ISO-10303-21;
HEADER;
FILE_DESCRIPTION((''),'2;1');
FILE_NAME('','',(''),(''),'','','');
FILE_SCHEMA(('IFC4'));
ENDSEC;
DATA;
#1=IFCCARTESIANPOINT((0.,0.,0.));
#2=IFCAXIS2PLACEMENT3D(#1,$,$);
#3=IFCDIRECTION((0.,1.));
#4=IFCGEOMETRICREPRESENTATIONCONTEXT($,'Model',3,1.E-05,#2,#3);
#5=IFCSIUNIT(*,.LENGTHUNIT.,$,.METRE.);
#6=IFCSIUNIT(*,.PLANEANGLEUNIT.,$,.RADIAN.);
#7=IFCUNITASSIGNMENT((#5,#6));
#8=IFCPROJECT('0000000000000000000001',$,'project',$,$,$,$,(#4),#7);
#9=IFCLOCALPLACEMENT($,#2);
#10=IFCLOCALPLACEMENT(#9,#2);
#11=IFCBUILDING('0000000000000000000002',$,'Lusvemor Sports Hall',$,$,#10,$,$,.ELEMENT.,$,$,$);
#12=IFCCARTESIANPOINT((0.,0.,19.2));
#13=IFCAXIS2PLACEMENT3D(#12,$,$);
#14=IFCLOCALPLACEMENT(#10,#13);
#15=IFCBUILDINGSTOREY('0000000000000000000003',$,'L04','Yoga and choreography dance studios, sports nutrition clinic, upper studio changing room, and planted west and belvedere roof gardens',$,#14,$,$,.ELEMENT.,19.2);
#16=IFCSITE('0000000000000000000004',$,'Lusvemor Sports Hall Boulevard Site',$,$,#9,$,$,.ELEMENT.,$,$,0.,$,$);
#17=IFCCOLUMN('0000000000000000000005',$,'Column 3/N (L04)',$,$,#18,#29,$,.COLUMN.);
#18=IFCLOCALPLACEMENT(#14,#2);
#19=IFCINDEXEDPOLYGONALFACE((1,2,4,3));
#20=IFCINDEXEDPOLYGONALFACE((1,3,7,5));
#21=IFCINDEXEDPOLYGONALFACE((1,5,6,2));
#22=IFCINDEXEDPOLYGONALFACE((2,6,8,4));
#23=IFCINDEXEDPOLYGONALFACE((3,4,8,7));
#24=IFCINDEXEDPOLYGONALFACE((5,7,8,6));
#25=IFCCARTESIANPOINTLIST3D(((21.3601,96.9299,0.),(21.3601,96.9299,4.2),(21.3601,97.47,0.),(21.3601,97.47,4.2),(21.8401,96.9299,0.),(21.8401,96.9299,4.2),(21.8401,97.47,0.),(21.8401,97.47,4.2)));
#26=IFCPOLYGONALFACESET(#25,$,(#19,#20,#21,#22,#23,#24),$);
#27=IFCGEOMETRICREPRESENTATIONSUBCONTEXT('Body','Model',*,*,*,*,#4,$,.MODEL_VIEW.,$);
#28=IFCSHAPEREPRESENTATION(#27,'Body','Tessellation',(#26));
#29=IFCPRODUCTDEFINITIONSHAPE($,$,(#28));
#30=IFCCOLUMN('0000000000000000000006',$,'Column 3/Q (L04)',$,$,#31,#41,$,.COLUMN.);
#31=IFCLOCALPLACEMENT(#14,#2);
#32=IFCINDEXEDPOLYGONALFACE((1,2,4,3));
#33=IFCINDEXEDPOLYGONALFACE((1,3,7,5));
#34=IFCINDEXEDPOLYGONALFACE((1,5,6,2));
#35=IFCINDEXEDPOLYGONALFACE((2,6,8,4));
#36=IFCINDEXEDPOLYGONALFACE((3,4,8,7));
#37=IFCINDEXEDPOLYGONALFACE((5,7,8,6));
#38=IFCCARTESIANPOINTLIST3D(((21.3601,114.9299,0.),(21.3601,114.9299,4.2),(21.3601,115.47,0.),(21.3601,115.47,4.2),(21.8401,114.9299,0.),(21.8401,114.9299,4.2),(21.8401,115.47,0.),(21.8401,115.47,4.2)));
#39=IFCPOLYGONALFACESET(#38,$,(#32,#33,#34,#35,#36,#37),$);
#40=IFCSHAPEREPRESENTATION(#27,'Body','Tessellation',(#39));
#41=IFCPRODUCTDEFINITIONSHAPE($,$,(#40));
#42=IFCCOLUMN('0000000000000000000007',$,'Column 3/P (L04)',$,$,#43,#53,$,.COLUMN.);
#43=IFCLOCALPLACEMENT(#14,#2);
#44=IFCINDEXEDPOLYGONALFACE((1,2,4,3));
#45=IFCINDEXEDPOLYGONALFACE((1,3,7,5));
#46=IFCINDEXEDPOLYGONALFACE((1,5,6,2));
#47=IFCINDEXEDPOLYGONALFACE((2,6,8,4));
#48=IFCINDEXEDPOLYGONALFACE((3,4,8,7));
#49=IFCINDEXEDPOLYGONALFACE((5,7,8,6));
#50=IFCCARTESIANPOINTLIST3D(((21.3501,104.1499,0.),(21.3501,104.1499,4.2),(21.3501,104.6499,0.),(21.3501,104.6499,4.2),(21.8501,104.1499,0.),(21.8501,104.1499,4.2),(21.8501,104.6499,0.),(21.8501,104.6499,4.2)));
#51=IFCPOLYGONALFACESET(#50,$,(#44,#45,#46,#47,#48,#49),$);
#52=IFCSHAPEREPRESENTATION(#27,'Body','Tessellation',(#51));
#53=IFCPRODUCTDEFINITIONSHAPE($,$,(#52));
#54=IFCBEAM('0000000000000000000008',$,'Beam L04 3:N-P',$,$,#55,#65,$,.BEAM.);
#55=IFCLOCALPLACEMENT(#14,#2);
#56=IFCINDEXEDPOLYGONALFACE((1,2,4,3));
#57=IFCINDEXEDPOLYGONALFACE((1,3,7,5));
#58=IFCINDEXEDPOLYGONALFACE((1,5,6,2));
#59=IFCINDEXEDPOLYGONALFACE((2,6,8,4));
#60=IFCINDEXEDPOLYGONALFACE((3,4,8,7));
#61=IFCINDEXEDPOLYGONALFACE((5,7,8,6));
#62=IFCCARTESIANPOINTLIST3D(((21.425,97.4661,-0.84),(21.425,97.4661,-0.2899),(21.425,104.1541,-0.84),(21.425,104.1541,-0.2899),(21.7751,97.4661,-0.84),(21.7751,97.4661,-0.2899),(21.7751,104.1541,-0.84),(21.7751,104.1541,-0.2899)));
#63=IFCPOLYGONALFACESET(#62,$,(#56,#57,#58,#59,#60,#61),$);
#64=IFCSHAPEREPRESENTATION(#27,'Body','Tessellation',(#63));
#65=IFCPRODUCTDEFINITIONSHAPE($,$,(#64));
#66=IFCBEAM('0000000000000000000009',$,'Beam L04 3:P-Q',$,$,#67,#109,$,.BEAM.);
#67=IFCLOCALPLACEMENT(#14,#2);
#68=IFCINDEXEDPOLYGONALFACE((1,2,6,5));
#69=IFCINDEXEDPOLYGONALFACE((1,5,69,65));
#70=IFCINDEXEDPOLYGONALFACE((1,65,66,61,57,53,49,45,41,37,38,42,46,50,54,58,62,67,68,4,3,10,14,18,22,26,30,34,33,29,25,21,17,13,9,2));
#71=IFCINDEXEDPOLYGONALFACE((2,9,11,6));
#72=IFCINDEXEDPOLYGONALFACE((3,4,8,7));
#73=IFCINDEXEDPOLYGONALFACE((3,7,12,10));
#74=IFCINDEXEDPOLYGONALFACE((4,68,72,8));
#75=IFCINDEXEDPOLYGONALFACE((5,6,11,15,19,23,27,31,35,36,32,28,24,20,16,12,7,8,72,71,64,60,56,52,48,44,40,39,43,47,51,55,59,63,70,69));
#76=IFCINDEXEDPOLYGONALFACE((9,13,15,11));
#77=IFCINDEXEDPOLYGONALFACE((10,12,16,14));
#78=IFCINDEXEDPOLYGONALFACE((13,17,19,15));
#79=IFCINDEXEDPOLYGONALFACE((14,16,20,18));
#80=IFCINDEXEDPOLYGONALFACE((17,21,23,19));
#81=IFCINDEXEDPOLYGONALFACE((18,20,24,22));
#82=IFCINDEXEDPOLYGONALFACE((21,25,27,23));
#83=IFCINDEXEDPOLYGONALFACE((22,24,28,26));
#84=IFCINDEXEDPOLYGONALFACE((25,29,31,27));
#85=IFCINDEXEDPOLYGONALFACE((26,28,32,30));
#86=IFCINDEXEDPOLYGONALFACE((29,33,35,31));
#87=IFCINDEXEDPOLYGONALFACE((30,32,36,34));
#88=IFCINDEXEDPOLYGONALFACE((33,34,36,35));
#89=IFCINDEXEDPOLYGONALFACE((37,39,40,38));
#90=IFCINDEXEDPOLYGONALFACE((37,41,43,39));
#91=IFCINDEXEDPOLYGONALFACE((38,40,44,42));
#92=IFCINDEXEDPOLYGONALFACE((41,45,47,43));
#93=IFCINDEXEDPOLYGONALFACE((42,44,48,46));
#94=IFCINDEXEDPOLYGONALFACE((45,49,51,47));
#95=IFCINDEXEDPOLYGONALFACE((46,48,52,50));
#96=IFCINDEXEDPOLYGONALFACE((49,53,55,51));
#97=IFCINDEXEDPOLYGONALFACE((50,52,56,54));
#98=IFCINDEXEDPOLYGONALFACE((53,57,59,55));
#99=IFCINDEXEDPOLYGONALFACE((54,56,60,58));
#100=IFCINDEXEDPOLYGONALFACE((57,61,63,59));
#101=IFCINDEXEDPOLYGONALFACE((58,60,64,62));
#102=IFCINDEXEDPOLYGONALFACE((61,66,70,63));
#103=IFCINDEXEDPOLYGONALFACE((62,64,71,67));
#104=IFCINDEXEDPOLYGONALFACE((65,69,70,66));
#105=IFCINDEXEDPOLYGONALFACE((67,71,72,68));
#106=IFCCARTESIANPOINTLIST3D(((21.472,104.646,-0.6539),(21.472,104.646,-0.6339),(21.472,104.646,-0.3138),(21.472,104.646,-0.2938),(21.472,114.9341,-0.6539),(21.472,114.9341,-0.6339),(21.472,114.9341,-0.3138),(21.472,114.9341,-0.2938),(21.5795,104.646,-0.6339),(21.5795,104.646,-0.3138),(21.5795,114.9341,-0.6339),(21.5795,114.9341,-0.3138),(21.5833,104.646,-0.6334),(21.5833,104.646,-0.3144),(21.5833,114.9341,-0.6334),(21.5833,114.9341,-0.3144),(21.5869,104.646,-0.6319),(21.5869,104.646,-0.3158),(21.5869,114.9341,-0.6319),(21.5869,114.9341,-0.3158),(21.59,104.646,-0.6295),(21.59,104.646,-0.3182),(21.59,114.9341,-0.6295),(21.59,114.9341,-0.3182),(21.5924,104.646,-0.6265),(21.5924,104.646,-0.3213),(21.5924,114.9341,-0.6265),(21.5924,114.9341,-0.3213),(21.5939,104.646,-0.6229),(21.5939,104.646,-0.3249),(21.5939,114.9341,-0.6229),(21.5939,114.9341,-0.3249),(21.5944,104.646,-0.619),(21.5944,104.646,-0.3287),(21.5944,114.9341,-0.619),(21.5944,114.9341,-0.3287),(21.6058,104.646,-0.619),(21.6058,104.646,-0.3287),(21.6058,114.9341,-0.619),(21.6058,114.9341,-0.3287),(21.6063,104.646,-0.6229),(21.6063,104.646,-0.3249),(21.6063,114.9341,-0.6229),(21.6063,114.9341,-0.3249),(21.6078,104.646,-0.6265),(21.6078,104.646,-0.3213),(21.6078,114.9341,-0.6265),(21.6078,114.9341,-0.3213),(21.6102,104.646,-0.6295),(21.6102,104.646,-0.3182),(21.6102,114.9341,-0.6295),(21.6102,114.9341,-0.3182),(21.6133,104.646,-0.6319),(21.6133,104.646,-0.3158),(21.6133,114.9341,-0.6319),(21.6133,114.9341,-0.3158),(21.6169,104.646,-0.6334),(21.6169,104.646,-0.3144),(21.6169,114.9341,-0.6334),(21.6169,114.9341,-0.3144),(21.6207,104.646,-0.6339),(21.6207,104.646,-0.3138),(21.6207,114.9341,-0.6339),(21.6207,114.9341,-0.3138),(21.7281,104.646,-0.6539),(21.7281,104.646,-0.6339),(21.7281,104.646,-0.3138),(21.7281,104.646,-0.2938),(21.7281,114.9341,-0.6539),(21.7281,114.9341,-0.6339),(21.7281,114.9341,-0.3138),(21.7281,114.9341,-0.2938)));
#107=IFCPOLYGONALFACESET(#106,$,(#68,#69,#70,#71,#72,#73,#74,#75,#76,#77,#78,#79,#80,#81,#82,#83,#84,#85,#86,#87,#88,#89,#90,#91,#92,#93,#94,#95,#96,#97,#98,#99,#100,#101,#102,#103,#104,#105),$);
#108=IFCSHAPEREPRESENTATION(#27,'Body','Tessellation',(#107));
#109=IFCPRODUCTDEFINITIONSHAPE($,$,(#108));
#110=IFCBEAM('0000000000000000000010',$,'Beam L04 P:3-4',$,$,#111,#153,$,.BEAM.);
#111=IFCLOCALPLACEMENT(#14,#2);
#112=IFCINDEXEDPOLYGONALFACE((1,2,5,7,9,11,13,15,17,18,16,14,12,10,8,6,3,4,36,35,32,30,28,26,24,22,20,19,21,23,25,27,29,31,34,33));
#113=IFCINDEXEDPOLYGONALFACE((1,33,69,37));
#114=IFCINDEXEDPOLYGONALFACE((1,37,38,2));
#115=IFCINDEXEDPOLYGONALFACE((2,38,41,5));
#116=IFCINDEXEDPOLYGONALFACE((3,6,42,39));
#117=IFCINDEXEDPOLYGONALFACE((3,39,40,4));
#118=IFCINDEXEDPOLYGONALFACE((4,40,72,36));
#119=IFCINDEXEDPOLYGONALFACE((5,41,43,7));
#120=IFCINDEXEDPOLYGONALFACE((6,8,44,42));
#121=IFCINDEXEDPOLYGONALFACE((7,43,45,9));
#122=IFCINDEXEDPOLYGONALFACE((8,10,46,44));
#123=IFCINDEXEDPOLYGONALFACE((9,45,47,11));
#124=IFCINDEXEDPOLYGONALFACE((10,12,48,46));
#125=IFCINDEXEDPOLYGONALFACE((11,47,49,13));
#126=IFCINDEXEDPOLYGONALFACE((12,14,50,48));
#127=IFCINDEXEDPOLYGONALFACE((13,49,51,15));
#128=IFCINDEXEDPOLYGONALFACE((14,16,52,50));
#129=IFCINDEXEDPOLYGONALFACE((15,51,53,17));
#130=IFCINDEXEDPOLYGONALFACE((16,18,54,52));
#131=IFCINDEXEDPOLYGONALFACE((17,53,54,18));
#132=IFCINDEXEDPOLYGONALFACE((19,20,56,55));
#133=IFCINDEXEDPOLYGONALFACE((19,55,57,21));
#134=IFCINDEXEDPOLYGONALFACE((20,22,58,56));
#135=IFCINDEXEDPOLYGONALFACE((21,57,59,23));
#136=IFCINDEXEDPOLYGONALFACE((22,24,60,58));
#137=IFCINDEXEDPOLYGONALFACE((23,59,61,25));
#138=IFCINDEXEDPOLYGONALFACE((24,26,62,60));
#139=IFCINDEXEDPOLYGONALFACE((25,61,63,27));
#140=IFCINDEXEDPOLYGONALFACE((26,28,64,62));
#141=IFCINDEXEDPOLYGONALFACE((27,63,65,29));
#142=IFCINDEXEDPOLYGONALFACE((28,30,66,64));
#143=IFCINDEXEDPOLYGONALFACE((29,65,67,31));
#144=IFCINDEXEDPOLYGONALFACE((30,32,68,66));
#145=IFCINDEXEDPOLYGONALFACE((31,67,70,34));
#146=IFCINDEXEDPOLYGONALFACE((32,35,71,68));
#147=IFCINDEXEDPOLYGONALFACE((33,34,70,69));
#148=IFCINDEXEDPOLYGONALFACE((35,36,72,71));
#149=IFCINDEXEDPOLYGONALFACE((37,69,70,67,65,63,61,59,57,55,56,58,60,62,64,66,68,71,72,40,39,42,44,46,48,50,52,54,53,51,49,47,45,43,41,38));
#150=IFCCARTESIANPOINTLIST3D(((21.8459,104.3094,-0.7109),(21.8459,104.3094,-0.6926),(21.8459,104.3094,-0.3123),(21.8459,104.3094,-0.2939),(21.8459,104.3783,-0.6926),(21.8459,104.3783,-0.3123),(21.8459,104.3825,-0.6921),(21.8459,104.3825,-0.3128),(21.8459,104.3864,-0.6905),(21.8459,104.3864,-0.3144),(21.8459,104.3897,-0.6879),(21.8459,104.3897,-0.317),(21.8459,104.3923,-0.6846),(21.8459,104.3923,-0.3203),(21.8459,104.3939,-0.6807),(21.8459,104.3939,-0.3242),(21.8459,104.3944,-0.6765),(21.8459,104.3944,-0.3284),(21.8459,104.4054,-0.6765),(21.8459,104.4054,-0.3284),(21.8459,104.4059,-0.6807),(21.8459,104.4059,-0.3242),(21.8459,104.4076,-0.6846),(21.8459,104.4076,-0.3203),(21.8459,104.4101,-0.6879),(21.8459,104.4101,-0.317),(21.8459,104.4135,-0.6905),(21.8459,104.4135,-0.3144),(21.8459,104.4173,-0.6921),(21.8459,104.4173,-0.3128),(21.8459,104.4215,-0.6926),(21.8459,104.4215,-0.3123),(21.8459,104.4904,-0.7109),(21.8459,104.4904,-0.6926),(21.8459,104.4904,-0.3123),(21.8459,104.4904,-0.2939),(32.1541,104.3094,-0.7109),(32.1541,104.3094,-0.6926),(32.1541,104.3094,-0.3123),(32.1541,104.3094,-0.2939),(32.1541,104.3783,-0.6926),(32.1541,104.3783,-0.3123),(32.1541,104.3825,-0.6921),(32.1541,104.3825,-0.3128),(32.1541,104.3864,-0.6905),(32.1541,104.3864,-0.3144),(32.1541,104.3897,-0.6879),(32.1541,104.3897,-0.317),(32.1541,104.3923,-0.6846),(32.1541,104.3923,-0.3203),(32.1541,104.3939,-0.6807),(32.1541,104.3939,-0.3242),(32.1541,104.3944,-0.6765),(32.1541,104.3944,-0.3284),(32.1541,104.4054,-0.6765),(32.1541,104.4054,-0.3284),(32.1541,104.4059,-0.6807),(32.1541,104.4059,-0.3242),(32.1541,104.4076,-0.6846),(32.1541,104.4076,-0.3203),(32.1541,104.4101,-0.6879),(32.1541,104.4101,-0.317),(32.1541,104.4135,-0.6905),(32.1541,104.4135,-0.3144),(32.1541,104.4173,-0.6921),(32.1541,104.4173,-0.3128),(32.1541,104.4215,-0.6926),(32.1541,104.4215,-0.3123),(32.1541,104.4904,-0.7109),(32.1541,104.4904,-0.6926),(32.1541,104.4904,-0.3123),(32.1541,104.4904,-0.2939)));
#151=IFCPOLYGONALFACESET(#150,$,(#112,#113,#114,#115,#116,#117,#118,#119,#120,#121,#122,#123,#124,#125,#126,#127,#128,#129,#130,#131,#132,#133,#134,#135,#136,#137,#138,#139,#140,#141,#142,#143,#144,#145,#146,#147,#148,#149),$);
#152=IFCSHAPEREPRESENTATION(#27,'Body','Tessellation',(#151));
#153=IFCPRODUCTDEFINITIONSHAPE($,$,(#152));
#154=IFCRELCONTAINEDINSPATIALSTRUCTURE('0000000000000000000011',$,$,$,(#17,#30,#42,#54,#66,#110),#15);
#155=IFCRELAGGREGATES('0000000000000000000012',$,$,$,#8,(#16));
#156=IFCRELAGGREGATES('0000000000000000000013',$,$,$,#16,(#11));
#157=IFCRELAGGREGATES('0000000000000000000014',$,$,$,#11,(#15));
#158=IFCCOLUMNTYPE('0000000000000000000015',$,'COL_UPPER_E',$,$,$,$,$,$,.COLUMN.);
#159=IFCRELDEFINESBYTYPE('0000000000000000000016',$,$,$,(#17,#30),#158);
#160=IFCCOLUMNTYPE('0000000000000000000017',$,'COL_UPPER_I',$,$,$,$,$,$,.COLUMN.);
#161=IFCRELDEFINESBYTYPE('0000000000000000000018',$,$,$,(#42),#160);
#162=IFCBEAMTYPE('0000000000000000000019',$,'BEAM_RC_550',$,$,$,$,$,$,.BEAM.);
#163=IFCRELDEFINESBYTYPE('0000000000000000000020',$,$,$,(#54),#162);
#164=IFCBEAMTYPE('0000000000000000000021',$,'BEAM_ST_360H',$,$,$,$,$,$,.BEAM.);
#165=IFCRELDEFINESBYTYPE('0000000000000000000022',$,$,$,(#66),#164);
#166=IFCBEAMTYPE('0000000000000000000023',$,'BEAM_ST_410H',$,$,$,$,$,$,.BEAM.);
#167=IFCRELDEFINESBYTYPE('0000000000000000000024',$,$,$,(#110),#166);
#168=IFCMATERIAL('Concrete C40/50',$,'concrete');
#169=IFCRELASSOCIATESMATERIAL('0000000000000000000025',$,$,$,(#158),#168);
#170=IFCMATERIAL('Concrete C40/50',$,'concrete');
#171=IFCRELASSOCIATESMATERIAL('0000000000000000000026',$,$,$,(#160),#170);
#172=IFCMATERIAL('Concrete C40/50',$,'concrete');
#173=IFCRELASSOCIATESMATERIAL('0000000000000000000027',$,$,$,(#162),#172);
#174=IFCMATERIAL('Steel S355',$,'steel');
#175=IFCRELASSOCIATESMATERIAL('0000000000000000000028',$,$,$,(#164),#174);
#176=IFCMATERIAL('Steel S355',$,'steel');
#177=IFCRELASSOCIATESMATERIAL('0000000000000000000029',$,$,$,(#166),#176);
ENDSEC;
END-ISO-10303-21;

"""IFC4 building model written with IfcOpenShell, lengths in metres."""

from ifc_helpers import new_model, si_unit, direction, frame, origin, origin_2d, place, context, subcontext, project, spatial, rectangle, i_section, extrude, material, material_profile, profile_set, type_object, element, save


model = new_model("IFC4")

# Units and contexts
model_context = context("Model", 3, precision=1e-05, world=origin(), true_north=direction((0.0, 1.0)))
body_context = subcontext(model_context, "Body", "Model", "MODEL_VIEW")
ifc_project = project(units=[si_unit("LENGTHUNIT", "METRE"), si_unit("PLANEANGLEUNIT", "RADIAN")], contexts=[model_context])

# Site, building, storey
site_placement = place(None, origin())
site = spatial("IfcSite", under=ifc_project, at=site_placement, Name="Lusvemor Sports Hall Boulevard Site", CompositionType="ELEMENT", RefElevation=0.0)
building_placement = place(site_placement, origin())
building = spatial("IfcBuilding", under=site, at=building_placement, Name="Lusvemor Sports Hall", CompositionType="ELEMENT")
storey_placement = place(building_placement, frame((0.0, 0.0, 19.2)))
storey = spatial("IfcBuildingStorey", under=building, at=storey_placement, Name="L04", Description="Yoga and choreography dance studios, sports nutrition clinic, upper studio changing room, and planted west and belvedere roof gardens", CompositionType="ELEMENT", Elevation=19.2)

# Columns
ifc_material_1 = material(Name="Concrete C40/50", Category="concrete")
ifc_material_profile_1 = material_profile(ifc_material_1, rectangle(XDim=0.48, YDim=0.54, at=origin_2d()), Name="RC480x540")
ifc_profile_set_1 = profile_set([ifc_material_profile_1], Name="Concrete C40/50")
column_type_1 = type_object("IfcColumnType", Name="COL_UPPER_E", PredefinedType="COLUMN", material=ifc_profile_set_1)
for number, where, z_axis, x_axis, name in (
    (1, (21.6001, 97.2, 0.0), (0.0, 0.0, 1.0), (1.0, 0.0, 0.0), "Column 3/N (L04)"),
    (2, (21.6001, 115.2, 0.0), (0.0, 0.0, 1.0), (1.0, 0.0, 0.0), "Column 3/Q (L04)"),
):
    element("IfcColumn", number, at=place(storey_placement, frame(where, z_axis=z_axis, x_axis=x_axis)), inside=storey, type_object=column_type_1, Name=name, PredefinedType="COLUMN", context=body_context, shape_type="SweptSolid", body=[
        extrude(rectangle(XDim=0.48, YDim=0.54, at=origin_2d()), origin(), (0.0, 0.0, 1.0), 4.2),
    ])
ifc_material_2 = material(Name="Concrete C40/50", Category="concrete")
ifc_material_profile_2 = material_profile(ifc_material_2, rectangle(XDim=0.5, YDim=0.5, at=origin_2d()), Name="RC500x500")
ifc_profile_set_2 = profile_set([ifc_material_profile_2], Name="Concrete C40/50")
column_type_2 = type_object("IfcColumnType", Name="COL_UPPER_I", PredefinedType="COLUMN", material=ifc_profile_set_2)
column_placement = place(storey_placement, frame((21.6001, 104.3999, 0.0), z_axis=(0.0, 0.0, 1.0), x_axis=(1.0, 0.0, 0.0)))
element("IfcColumn", 3, at=column_placement, inside=storey, type_object=column_type_2, Name="Column 3/P (L04)", PredefinedType="COLUMN", context=body_context, shape_type="SweptSolid", body=[
    extrude(rectangle(XDim=0.5, YDim=0.5, at=origin_2d()), origin(), (0.0, 0.0, 1.0), 4.2),
])

# Beams
ifc_material_3 = material(Name="Concrete C40/50", Category="concrete")
ifc_material_profile_3 = material_profile(ifc_material_3, rectangle(XDim=0.3501, YDim=0.55, at=origin_2d()), Name="RC350x550")
ifc_profile_set_3 = profile_set([ifc_material_profile_3], Name="Concrete C40/50")
beam_type_1 = type_object("IfcBeamType", Name="BEAM_RC_550", PredefinedType="BEAM", material=ifc_profile_set_3)
beam_1_placement = place(storey_placement, frame((21.6001, 97.4661, -0.5649), z_axis=(0.0, 1.0, 0.0), x_axis=(-1.0, 0.0, 0.0)))
element("IfcBeam", 4, at=beam_1_placement, inside=storey, type_object=beam_type_1, Name="Beam L04 3:N-P", PredefinedType="BEAM", context=body_context, shape_type="SweptSolid", body=[
    extrude(rectangle(XDim=0.3501, YDim=0.55, at=origin_2d()), origin(), (0.0, 0.0, 1.0), 6.688),
])
ifc_material_4 = material(Name="Steel S355", Category="steel")
ifc_material_profile_4 = material_profile(ifc_material_4, i_section(OverallWidth=0.2561, OverallDepth=0.3601, WebThickness=0.0115, FlangeThickness=0.02, FilletRadius=0.0149, at=origin_2d()), Name="W360x110.0")
ifc_profile_set_4 = profile_set([ifc_material_profile_4], Name="Steel S355")
beam_type_2 = type_object("IfcBeamType", Name="BEAM_ST_360H", PredefinedType="BEAM", material=ifc_profile_set_4)
beam_2_placement = place(storey_placement, frame((21.6001, 104.646, -0.4739), z_axis=(0.0, 1.0, 0.0), x_axis=(-1.0, 0.0, 0.0)))
element("IfcBeam", 5, at=beam_2_placement, inside=storey, type_object=beam_type_2, Name="Beam L04 3:P-Q", PredefinedType="BEAM", context=body_context, shape_type="SweptSolid", body=[
    extrude(i_section(OverallWidth=0.2561, OverallDepth=0.3601, WebThickness=0.0115, FlangeThickness=0.02, FilletRadius=0.0149, at=origin_2d()), origin(), (0.0, 0.0, 1.0), 10.2881),
])
ifc_material_5 = material(Name="Steel S355", Category="steel")
ifc_material_profile_5 = material_profile(ifc_material_5, i_section(OverallWidth=0.1809, OverallDepth=0.417, WebThickness=0.011, FlangeThickness=0.0183, FilletRadius=0.0161, at=origin_2d()), Name="W410x85.0")
ifc_profile_set_5 = profile_set([ifc_material_profile_5], Name="Steel S355")
beam_type_3 = type_object("IfcBeamType", Name="BEAM_ST_410H", PredefinedType="BEAM", material=ifc_profile_set_5)
beam_3_placement = place(storey_placement, frame((21.8459, 104.3999, -0.5024), z_axis=(1.0, 0.0, 0.0), x_axis=(0.0, 1.0, 0.0)))
element("IfcBeam", 6, at=beam_3_placement, inside=storey, type_object=beam_type_3, Name="Beam L04 P:3-4", PredefinedType="BEAM", context=body_context, shape_type="SweptSolid", body=[
    extrude(i_section(OverallWidth=0.1809, OverallDepth=0.417, WebThickness=0.011, FlangeThickness=0.0183, FilletRadius=0.0161, at=origin_2d()), origin(), (0.0, 0.0, 1.0), 10.3081),
])

save(model, "model.ifc")
